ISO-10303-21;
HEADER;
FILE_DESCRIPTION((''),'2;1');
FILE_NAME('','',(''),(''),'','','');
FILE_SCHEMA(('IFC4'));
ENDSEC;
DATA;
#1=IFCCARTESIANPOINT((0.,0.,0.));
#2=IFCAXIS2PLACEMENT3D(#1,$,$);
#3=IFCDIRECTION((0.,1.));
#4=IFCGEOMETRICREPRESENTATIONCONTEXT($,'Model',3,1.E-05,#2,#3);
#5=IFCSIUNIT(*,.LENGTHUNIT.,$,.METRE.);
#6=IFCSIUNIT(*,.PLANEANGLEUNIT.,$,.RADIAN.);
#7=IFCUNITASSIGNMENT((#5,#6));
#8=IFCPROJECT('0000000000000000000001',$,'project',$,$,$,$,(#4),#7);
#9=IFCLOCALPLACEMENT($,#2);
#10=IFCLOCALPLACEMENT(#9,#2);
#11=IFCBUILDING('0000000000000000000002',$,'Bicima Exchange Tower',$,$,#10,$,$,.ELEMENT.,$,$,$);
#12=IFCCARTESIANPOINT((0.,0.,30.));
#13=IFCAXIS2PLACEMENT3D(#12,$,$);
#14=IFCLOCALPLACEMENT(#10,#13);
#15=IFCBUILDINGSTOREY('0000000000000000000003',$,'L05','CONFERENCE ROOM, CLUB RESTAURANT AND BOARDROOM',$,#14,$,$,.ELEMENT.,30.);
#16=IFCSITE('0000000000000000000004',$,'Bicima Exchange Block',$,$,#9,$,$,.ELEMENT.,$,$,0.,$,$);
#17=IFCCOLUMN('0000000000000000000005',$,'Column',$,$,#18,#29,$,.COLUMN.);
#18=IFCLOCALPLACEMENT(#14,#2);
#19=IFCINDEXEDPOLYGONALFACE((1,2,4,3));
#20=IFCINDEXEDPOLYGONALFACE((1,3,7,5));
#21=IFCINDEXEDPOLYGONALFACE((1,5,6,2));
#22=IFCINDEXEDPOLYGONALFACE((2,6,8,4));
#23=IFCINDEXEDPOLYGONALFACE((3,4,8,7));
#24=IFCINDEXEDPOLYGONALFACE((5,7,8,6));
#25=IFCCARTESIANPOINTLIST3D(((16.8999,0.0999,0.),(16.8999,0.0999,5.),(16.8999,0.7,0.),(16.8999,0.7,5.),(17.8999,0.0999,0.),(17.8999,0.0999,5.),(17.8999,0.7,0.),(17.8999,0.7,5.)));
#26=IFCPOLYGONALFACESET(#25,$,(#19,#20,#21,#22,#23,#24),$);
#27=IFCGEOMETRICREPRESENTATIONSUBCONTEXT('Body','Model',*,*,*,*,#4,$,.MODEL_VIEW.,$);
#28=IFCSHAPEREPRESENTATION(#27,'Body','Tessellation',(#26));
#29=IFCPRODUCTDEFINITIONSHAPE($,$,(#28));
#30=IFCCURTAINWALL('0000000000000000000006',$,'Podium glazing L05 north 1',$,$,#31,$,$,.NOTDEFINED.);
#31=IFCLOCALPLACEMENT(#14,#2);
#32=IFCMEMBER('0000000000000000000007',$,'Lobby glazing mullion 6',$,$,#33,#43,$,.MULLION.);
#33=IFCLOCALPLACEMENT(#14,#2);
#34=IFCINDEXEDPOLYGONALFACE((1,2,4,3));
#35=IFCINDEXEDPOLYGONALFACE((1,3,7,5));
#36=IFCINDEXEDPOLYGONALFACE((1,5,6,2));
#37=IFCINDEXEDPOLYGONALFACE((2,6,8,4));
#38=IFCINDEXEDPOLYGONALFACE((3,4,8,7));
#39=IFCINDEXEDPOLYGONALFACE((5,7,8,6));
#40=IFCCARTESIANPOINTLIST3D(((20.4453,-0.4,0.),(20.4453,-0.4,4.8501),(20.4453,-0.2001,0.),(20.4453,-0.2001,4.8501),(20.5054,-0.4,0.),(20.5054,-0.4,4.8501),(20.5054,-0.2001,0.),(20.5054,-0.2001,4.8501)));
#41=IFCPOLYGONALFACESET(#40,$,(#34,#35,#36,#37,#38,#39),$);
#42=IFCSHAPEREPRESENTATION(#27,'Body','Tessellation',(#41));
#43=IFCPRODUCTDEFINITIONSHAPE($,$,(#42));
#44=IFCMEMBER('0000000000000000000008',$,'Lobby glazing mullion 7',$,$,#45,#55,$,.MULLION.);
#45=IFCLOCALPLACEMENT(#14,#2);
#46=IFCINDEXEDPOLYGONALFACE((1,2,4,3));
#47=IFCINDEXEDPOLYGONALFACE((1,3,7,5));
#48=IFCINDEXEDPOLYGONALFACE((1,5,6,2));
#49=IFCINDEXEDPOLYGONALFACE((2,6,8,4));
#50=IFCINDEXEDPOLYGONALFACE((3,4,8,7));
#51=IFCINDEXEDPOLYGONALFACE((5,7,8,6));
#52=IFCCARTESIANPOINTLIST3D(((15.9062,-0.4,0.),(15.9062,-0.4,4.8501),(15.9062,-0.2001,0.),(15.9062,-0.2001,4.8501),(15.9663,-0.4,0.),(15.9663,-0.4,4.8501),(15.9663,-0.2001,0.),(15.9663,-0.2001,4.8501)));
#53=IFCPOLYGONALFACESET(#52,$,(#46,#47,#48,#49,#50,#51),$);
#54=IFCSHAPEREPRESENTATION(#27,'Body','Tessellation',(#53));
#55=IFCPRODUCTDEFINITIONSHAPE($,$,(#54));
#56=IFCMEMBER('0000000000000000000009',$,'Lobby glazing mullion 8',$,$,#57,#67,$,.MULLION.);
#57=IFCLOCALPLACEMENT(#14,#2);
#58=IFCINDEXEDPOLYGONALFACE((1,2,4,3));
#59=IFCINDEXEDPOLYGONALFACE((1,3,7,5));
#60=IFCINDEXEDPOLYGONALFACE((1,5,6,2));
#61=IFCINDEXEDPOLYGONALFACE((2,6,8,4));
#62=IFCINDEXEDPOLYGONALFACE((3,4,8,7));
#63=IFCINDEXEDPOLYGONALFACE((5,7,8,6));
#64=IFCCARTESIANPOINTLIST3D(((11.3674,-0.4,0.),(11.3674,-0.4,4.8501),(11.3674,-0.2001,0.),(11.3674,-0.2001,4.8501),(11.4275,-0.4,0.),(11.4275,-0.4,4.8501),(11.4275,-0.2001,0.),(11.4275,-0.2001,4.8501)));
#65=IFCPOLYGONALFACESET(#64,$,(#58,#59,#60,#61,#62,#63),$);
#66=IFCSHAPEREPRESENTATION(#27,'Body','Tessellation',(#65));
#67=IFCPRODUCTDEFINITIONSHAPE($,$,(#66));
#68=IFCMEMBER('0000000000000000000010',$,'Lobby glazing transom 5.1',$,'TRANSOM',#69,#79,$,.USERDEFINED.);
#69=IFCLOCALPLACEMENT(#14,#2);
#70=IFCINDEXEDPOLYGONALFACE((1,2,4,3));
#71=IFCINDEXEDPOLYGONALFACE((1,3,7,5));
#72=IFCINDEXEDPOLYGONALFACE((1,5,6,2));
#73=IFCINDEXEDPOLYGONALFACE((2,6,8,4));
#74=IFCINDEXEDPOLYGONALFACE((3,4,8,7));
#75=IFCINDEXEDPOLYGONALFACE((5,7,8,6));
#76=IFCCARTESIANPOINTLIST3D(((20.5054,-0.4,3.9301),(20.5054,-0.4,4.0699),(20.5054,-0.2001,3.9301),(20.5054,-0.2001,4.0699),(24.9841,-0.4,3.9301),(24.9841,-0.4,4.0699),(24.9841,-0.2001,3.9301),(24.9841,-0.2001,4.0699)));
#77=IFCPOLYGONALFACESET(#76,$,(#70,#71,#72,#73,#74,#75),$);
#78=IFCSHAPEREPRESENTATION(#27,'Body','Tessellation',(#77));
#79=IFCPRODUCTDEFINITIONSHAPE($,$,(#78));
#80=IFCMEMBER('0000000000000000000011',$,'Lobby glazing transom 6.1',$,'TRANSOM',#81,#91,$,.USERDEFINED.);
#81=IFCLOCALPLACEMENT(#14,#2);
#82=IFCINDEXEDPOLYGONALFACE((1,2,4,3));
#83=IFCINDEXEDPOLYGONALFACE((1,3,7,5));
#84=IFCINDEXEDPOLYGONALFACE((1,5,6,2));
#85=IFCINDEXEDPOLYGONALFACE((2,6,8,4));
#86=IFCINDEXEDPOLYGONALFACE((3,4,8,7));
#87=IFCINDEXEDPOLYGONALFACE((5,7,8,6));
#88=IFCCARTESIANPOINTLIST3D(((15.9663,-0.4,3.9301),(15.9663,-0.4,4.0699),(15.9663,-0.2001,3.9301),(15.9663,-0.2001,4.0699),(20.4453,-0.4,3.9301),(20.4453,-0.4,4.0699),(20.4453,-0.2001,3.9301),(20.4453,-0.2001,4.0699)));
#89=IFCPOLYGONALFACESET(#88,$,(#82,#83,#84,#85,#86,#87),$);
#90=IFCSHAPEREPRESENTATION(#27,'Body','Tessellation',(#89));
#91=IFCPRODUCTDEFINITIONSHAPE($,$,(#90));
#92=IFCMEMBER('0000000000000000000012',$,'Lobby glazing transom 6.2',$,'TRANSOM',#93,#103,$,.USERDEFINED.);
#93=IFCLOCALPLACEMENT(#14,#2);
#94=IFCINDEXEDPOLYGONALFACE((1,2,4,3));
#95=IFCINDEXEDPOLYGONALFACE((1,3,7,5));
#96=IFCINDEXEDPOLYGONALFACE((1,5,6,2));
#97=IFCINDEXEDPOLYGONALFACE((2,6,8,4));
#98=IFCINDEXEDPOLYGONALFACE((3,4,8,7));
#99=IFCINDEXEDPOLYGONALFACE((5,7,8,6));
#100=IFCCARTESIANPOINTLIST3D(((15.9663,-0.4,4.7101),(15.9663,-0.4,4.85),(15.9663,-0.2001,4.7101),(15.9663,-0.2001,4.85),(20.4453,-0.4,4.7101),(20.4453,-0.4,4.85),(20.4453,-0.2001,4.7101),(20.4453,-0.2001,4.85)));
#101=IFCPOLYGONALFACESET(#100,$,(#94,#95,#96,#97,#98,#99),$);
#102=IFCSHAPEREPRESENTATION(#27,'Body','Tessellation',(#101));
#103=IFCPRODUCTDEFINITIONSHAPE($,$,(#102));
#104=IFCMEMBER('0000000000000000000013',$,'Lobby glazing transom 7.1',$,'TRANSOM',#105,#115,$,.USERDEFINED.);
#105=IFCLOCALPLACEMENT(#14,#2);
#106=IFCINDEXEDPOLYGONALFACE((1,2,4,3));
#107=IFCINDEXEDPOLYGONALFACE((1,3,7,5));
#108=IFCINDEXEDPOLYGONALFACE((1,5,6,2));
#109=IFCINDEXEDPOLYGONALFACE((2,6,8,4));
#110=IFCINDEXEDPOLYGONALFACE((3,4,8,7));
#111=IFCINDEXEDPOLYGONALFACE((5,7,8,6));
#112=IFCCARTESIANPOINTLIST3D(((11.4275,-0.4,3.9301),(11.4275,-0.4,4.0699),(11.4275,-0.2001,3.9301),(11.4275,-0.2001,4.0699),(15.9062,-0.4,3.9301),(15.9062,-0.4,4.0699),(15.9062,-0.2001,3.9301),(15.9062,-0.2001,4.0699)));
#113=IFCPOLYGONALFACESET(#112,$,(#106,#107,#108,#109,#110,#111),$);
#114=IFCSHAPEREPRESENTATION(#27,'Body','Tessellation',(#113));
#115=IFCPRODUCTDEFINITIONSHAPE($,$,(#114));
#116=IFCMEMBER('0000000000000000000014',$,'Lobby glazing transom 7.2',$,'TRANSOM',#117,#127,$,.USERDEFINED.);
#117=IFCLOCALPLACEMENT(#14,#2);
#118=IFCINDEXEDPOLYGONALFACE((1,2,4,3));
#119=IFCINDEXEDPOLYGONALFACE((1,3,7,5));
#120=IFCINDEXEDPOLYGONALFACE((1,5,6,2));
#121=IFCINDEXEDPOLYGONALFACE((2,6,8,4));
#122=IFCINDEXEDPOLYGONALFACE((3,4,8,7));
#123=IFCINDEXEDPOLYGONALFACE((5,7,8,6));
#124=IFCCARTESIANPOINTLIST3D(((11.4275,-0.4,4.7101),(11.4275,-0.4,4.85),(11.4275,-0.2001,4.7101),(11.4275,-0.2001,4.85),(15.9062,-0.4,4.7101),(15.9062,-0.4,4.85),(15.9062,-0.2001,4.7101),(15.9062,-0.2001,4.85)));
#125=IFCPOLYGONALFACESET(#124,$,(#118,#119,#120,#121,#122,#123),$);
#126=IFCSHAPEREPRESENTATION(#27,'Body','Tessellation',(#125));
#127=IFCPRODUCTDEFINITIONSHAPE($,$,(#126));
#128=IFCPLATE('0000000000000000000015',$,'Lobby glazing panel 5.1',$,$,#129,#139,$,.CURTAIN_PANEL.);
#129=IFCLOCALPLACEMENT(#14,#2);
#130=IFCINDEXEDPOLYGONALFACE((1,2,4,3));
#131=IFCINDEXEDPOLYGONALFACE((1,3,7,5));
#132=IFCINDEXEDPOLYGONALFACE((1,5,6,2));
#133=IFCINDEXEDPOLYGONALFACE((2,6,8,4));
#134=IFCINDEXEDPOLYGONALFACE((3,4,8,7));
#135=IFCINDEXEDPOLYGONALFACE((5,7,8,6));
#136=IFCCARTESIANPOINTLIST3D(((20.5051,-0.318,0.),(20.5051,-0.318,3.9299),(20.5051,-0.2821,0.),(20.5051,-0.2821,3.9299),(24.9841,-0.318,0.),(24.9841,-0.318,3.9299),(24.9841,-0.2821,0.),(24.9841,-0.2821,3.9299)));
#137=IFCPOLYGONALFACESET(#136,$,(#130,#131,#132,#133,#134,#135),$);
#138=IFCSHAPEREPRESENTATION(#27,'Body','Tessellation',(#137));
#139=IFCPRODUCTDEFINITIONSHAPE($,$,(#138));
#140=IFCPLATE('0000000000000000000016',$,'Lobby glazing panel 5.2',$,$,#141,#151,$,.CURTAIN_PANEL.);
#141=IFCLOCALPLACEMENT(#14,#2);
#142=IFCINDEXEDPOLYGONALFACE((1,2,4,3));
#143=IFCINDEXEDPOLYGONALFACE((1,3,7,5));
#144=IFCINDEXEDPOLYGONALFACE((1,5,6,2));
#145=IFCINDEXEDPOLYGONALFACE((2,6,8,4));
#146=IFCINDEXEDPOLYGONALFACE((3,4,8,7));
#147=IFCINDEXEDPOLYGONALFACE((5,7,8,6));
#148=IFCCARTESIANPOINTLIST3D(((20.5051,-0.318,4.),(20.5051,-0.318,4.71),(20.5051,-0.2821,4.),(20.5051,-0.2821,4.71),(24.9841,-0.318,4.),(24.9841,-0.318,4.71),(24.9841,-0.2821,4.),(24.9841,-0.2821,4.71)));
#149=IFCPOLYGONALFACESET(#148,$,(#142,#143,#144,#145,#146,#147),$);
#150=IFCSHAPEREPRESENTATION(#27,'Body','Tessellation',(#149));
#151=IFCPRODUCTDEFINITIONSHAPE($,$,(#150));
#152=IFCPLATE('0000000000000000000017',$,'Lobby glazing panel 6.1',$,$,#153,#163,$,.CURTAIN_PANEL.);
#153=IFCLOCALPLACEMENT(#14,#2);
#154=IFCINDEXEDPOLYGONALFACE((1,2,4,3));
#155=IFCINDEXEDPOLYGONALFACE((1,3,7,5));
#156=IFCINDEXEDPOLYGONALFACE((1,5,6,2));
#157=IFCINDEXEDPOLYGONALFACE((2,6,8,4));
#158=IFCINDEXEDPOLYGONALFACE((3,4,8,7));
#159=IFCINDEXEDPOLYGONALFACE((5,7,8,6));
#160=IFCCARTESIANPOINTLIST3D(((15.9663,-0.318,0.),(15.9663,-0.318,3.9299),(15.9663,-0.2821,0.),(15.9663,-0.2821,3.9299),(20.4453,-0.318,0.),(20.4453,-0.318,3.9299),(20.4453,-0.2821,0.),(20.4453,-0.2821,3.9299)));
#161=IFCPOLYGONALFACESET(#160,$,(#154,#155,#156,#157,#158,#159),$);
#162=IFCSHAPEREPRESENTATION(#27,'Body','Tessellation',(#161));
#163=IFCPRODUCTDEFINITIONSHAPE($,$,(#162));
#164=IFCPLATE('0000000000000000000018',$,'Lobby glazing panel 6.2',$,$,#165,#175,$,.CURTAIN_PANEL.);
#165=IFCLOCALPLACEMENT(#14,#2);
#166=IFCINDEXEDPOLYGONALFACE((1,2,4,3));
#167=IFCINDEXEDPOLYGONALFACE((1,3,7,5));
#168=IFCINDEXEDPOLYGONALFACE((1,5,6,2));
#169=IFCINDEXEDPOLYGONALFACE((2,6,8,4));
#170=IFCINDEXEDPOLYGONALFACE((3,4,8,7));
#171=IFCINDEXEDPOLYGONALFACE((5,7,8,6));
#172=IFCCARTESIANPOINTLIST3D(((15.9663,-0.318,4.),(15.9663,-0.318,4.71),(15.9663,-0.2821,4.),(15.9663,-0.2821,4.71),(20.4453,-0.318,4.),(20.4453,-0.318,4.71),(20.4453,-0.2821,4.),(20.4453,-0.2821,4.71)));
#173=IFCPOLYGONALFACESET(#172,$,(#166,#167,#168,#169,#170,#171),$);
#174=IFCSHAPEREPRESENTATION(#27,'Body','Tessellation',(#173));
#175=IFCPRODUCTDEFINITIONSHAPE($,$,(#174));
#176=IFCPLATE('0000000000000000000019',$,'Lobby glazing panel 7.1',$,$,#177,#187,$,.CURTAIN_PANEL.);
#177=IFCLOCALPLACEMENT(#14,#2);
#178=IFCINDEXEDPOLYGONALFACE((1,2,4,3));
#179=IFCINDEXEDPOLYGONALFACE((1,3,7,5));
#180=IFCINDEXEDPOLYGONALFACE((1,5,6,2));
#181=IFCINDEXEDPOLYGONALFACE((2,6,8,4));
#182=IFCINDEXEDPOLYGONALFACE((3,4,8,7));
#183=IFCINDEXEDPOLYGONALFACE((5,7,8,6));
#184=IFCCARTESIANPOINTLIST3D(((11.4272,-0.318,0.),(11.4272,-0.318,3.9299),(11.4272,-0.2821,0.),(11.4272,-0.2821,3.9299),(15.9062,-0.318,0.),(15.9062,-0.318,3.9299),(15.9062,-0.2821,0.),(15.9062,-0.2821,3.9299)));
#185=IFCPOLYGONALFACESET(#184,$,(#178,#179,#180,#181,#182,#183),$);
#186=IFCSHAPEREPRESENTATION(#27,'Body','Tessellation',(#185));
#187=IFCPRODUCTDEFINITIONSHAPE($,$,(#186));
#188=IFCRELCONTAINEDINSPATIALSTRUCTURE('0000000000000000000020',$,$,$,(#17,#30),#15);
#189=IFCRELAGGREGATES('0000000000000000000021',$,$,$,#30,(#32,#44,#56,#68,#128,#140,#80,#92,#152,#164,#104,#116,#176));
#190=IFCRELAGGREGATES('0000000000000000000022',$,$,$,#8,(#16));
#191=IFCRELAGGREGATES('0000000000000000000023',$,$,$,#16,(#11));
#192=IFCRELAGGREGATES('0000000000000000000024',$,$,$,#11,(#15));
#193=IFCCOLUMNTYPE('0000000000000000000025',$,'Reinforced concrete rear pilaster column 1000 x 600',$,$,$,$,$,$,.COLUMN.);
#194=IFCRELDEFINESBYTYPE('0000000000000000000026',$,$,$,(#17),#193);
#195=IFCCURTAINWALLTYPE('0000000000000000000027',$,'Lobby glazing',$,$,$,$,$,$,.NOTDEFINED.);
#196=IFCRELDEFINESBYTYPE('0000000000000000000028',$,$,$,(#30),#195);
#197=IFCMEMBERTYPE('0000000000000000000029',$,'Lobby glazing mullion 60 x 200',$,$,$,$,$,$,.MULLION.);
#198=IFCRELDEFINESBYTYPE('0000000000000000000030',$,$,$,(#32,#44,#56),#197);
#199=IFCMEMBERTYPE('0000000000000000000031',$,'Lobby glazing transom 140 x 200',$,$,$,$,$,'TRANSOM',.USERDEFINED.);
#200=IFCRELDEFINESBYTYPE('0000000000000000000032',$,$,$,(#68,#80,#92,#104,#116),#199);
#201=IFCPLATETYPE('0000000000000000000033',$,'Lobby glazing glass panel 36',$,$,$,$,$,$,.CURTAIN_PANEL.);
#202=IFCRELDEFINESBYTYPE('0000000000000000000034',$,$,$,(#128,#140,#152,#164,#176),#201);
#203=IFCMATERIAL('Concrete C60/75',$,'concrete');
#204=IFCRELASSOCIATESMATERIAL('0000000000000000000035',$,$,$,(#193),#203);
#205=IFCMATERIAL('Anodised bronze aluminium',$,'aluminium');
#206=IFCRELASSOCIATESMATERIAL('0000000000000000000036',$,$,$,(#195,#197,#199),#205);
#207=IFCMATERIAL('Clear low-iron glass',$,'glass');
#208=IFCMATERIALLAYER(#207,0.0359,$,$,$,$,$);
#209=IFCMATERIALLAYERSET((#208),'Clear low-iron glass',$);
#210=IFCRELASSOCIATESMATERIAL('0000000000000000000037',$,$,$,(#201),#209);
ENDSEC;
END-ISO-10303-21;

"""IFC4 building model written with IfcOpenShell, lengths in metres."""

from ifc_helpers import new_model, si_unit, direction, frame, origin, origin_2d, place, context, subcontext, project, spatial, rectangle, extrude, material, layer, layer_set, material_profile, profile_set, type_object, element, aggregate, save


model = new_model("IFC4")

# Units and contexts
model_context = context("Model", 3, precision=1e-05, world=origin(), true_north=direction((0.0, 1.0)))
body_context = subcontext(model_context, "Body", "Model", "MODEL_VIEW")
ifc_project = project(units=[si_unit("LENGTHUNIT", "METRE"), si_unit("PLANEANGLEUNIT", "RADIAN")], contexts=[model_context])

# Site, building, storey
site_placement = place(None, origin())
site = spatial("IfcSite", under=ifc_project, at=site_placement, Name="Bicima Exchange Block", CompositionType="ELEMENT", RefElevation=0.0)
building_placement = place(site_placement, origin())
building = spatial("IfcBuilding", under=site, at=building_placement, Name="Bicima Exchange Tower", CompositionType="ELEMENT")
storey_placement = place(building_placement, frame((0.0, 0.0, 30.0)))
storey = spatial("IfcBuildingStorey", under=building, at=storey_placement, Name="L05", Description="CONFERENCE ROOM, CLUB RESTAURANT AND BOARDROOM", CompositionType="ELEMENT", Elevation=30.0)

# Column
ifc_material_1 = material(Name="Concrete C60/75", Category="concrete")
ifc_material_profile_1 = material_profile(ifc_material_1, rectangle(XDim=1.0, YDim=0.6001, at=origin_2d()))
ifc_profile_set_1 = profile_set([ifc_material_profile_1], Name="Concrete C60/75")
column_type = type_object("IfcColumnType", Name="Reinforced concrete rear pilaster column 1000 x 600", PredefinedType="COLUMN", material=ifc_profile_set_1)
column_placement = place(storey_placement, frame((17.3999, 0.3999, 0.0), z_axis=(0.0, 0.0, 1.0), x_axis=(1.0, 0.0, 0.0)))
element("IfcColumn", 1, at=column_placement, inside=storey, type_object=column_type, Name="Column", PredefinedType="COLUMN", context=body_context, shape_type="SweptSolid", body=[
    extrude(rectangle(XDim=1.0, YDim=0.6001, at=origin_2d()), origin(), (0.0, 0.0, 1.0), 5.0),
])

# Curtain wall, members, plates
ifc_material_2 = material(Name="Anodised bronze aluminium", Category="aluminium")
curtain_wall_type = type_object("IfcCurtainWallType", Name="Lobby glazing", PredefinedType="NOTDEFINED", material=ifc_material_2)
curtain_wall_placement = place(storey_placement, origin())
curtain_wall = element("IfcCurtainWall", 2, at=curtain_wall_placement, inside=storey, type_object=curtain_wall_type, Name="Podium glazing L05 north 1", PredefinedType="NOTDEFINED")
ifc_material_profile_2 = material_profile(ifc_material_2, rectangle(XDim=0.2, YDim=0.0601, at=origin_2d()))
ifc_profile_set_2 = profile_set([ifc_material_profile_2], Name="Anodised bronze aluminium")
member_type_1 = type_object("IfcMemberType", Name="Lobby glazing mullion 60 x 200", PredefinedType="MULLION", material=ifc_profile_set_2)
member_1_placement = place(storey_placement, frame((20.4753, -0.3, 0.0), z_axis=(0.0, 0.0, 1.0), x_axis=(0.0, -1.0, 0.0)))
member_1 = element("IfcMember", 3, at=member_1_placement, type_object=member_type_1, Name="Lobby glazing mullion 6", PredefinedType="MULLION", context=body_context, shape_type="SweptSolid", body=[
    extrude(rectangle(XDim=0.2, YDim=0.0601, at=origin_2d()), origin(), (0.0, 0.0, 1.0), 4.8501),
])
member_2_placement = place(storey_placement, frame((15.9363, -0.3, 0.0), z_axis=(0.0, 0.0, 1.0), x_axis=(0.0, -1.0, 0.0)))
member_2 = element("IfcMember", 4, at=member_2_placement, type_object=member_type_1, Name="Lobby glazing mullion 7", PredefinedType="MULLION", context=body_context, shape_type="SweptSolid", body=[
    extrude(rectangle(XDim=0.2, YDim=0.0601, at=origin_2d()), origin(), (0.0, 0.0, 1.0), 4.8501),
])
member_3_placement = place(storey_placement, frame((11.3975, -0.3, 0.0), z_axis=(0.0, 0.0, 1.0), x_axis=(0.0, -1.0, 0.0)))
member_3 = element("IfcMember", 5, at=member_3_placement, type_object=member_type_1, Name="Lobby glazing mullion 8", PredefinedType="MULLION", context=body_context, shape_type="SweptSolid", body=[
    extrude(rectangle(XDim=0.2, YDim=0.0601, at=origin_2d()), origin(), (0.0, 0.0, 1.0), 4.8501),
])
ifc_material_profile_3 = material_profile(ifc_material_2, rectangle(XDim=0.2, YDim=0.1399, at=origin_2d()))
ifc_profile_set_3 = profile_set([ifc_material_profile_3], Name="Anodised bronze aluminium")
member_type_2 = type_object("IfcMemberType", Name="Lobby glazing transom 140 x 200", ElementType="TRANSOM", PredefinedType="USERDEFINED", material=ifc_profile_set_3)
member_4_placement = place(storey_placement, frame((24.9841, -0.3, 4.0), z_axis=(-1.0, 0.0, 0.0), x_axis=(0.0, -1.0, 0.0)))
member_4 = element("IfcMember", 6, at=member_4_placement, type_object=member_type_2, Name="Lobby glazing transom 5.1", ObjectType="TRANSOM", PredefinedType="USERDEFINED", context=body_context, shape_type="SweptSolid", body=[
    extrude(rectangle(XDim=0.2, YDim=0.1399, at=origin_2d()), origin(), (0.0, 0.0, 1.0), 4.4788),
])
member_5_placement = place(storey_placement, frame((20.4453, -0.3, 4.0), z_axis=(-1.0, 0.0, 0.0), x_axis=(0.0, -1.0, 0.0)))
member_5 = element("IfcMember", 7, at=member_5_placement, type_object=member_type_2, Name="Lobby glazing transom 6.1", ObjectType="TRANSOM", PredefinedType="USERDEFINED", context=body_context, shape_type="SweptSolid", body=[
    extrude(rectangle(XDim=0.2, YDim=0.1399, at=origin_2d()), origin(), (0.0, 0.0, 1.0), 4.479),
])
member_6_placement = place(storey_placement, frame((20.4453, -0.3, 4.78), z_axis=(-1.0, 0.0, 0.0), x_axis=(0.0, -1.0, 0.0)))
member_6 = element("IfcMember", 8, at=member_6_placement, type_object=member_type_2, Name="Lobby glazing transom 6.2", ObjectType="TRANSOM", PredefinedType="USERDEFINED", context=body_context, shape_type="SweptSolid", body=[
    extrude(rectangle(XDim=0.2, YDim=0.1399, at=origin_2d()), origin(), (0.0, 0.0, 1.0), 4.479),
])
member_7_placement = place(storey_placement, frame((15.9062, -0.3, 4.0), z_axis=(-1.0, 0.0, 0.0), x_axis=(0.0, -1.0, 0.0)))
member_7 = element("IfcMember", 9, at=member_7_placement, type_object=member_type_2, Name="Lobby glazing transom 7.1", ObjectType="TRANSOM", PredefinedType="USERDEFINED", context=body_context, shape_type="SweptSolid", body=[
    extrude(rectangle(XDim=0.2, YDim=0.1399, at=origin_2d()), origin(), (0.0, 0.0, 1.0), 4.4788),
])
member_8_placement = place(storey_placement, frame((15.9062, -0.3, 4.78), z_axis=(-1.0, 0.0, 0.0), x_axis=(0.0, -1.0, 0.0)))
member_8 = element("IfcMember", 10, at=member_8_placement, type_object=member_type_2, Name="Lobby glazing transom 7.2", ObjectType="TRANSOM", PredefinedType="USERDEFINED", context=body_context, shape_type="SweptSolid", body=[
    extrude(rectangle(XDim=0.2, YDim=0.1399, at=origin_2d()), origin(), (0.0, 0.0, 1.0), 4.4788),
])
ifc_material_3 = material(Name="Clear low-iron glass", Category="glass")
ifc_layer = layer(ifc_material_3, 0.0359)
ifc_layer_set = layer_set([ifc_layer], Name="Clear low-iron glass")
plate_type = type_object("IfcPlateType", Name="Lobby glazing glass panel 36", PredefinedType="CURTAIN_PANEL", material=ifc_layer_set)
plate_1_placement = place(storey_placement, frame((22.7446, -0.3, 0.0), z_axis=(0.0, 0.0, 1.0), x_axis=(-1.0, 0.0, 0.0)))
plate_1 = element("IfcPlate", 11, at=plate_1_placement, type_object=plate_type, Name="Lobby glazing panel 5.1", PredefinedType="CURTAIN_PANEL", context=body_context, shape_type="SweptSolid", body=[
    extrude(rectangle(XDim=4.479, YDim=0.0359, at=origin_2d()), origin(), (0.0, 0.0, 1.0), 3.9299),
])
plate_2_placement = place(storey_placement, frame((22.7446, -0.3, 4.0), z_axis=(0.0, 0.0, 1.0), x_axis=(-1.0, 0.0, 0.0)))
plate_2 = element("IfcPlate", 12, at=plate_2_placement, type_object=plate_type, Name="Lobby glazing panel 5.2", PredefinedType="CURTAIN_PANEL", context=body_context, shape_type="SweptSolid", body=[
    extrude(rectangle(XDim=4.479, YDim=0.0359, at=origin_2d()), origin(), (0.0, 0.0, 1.0), 0.71),
])
plate_3_placement = place(storey_placement, frame((18.2058, -0.3, 0.0), z_axis=(0.0, 0.0, 1.0), x_axis=(-1.0, 0.0, 0.0)))
plate_3 = element("IfcPlate", 13, at=plate_3_placement, type_object=plate_type, Name="Lobby glazing panel 6.1", PredefinedType="CURTAIN_PANEL", context=body_context, shape_type="SweptSolid", body=[
    extrude(rectangle(XDim=4.479, YDim=0.0359, at=origin_2d()), origin(), (0.0, 0.0, 1.0), 3.9299),
])
plate_4_placement = place(storey_placement, frame((18.2058, -0.3, 4.0), z_axis=(0.0, 0.0, 1.0), x_axis=(-1.0, 0.0, 0.0)))
plate_4 = element("IfcPlate", 14, at=plate_4_placement, type_object=plate_type, Name="Lobby glazing panel 6.2", PredefinedType="CURTAIN_PANEL", context=body_context, shape_type="SweptSolid", body=[
    extrude(rectangle(XDim=4.479, YDim=0.0359, at=origin_2d()), origin(), (0.0, 0.0, 1.0), 0.71),
])
plate_5_placement = place(storey_placement, frame((13.6667, -0.3, 0.0), z_axis=(0.0, 0.0, 1.0), x_axis=(-1.0, 0.0, 0.0)))
plate_5 = element("IfcPlate", 15, at=plate_5_placement, type_object=plate_type, Name="Lobby glazing panel 7.1", PredefinedType="CURTAIN_PANEL", context=body_context, shape_type="SweptSolid", body=[
    extrude(rectangle(XDim=4.479, YDim=0.0359, at=origin_2d()), origin(), (0.0, 0.0, 1.0), 3.9299),
])
aggregate(curtain_wall, [member_1, member_2, member_3, member_4, plate_1, plate_2, member_5, member_6, plate_3, plate_4, member_7, member_8, plate_5])

save(model, "model.ifc")
